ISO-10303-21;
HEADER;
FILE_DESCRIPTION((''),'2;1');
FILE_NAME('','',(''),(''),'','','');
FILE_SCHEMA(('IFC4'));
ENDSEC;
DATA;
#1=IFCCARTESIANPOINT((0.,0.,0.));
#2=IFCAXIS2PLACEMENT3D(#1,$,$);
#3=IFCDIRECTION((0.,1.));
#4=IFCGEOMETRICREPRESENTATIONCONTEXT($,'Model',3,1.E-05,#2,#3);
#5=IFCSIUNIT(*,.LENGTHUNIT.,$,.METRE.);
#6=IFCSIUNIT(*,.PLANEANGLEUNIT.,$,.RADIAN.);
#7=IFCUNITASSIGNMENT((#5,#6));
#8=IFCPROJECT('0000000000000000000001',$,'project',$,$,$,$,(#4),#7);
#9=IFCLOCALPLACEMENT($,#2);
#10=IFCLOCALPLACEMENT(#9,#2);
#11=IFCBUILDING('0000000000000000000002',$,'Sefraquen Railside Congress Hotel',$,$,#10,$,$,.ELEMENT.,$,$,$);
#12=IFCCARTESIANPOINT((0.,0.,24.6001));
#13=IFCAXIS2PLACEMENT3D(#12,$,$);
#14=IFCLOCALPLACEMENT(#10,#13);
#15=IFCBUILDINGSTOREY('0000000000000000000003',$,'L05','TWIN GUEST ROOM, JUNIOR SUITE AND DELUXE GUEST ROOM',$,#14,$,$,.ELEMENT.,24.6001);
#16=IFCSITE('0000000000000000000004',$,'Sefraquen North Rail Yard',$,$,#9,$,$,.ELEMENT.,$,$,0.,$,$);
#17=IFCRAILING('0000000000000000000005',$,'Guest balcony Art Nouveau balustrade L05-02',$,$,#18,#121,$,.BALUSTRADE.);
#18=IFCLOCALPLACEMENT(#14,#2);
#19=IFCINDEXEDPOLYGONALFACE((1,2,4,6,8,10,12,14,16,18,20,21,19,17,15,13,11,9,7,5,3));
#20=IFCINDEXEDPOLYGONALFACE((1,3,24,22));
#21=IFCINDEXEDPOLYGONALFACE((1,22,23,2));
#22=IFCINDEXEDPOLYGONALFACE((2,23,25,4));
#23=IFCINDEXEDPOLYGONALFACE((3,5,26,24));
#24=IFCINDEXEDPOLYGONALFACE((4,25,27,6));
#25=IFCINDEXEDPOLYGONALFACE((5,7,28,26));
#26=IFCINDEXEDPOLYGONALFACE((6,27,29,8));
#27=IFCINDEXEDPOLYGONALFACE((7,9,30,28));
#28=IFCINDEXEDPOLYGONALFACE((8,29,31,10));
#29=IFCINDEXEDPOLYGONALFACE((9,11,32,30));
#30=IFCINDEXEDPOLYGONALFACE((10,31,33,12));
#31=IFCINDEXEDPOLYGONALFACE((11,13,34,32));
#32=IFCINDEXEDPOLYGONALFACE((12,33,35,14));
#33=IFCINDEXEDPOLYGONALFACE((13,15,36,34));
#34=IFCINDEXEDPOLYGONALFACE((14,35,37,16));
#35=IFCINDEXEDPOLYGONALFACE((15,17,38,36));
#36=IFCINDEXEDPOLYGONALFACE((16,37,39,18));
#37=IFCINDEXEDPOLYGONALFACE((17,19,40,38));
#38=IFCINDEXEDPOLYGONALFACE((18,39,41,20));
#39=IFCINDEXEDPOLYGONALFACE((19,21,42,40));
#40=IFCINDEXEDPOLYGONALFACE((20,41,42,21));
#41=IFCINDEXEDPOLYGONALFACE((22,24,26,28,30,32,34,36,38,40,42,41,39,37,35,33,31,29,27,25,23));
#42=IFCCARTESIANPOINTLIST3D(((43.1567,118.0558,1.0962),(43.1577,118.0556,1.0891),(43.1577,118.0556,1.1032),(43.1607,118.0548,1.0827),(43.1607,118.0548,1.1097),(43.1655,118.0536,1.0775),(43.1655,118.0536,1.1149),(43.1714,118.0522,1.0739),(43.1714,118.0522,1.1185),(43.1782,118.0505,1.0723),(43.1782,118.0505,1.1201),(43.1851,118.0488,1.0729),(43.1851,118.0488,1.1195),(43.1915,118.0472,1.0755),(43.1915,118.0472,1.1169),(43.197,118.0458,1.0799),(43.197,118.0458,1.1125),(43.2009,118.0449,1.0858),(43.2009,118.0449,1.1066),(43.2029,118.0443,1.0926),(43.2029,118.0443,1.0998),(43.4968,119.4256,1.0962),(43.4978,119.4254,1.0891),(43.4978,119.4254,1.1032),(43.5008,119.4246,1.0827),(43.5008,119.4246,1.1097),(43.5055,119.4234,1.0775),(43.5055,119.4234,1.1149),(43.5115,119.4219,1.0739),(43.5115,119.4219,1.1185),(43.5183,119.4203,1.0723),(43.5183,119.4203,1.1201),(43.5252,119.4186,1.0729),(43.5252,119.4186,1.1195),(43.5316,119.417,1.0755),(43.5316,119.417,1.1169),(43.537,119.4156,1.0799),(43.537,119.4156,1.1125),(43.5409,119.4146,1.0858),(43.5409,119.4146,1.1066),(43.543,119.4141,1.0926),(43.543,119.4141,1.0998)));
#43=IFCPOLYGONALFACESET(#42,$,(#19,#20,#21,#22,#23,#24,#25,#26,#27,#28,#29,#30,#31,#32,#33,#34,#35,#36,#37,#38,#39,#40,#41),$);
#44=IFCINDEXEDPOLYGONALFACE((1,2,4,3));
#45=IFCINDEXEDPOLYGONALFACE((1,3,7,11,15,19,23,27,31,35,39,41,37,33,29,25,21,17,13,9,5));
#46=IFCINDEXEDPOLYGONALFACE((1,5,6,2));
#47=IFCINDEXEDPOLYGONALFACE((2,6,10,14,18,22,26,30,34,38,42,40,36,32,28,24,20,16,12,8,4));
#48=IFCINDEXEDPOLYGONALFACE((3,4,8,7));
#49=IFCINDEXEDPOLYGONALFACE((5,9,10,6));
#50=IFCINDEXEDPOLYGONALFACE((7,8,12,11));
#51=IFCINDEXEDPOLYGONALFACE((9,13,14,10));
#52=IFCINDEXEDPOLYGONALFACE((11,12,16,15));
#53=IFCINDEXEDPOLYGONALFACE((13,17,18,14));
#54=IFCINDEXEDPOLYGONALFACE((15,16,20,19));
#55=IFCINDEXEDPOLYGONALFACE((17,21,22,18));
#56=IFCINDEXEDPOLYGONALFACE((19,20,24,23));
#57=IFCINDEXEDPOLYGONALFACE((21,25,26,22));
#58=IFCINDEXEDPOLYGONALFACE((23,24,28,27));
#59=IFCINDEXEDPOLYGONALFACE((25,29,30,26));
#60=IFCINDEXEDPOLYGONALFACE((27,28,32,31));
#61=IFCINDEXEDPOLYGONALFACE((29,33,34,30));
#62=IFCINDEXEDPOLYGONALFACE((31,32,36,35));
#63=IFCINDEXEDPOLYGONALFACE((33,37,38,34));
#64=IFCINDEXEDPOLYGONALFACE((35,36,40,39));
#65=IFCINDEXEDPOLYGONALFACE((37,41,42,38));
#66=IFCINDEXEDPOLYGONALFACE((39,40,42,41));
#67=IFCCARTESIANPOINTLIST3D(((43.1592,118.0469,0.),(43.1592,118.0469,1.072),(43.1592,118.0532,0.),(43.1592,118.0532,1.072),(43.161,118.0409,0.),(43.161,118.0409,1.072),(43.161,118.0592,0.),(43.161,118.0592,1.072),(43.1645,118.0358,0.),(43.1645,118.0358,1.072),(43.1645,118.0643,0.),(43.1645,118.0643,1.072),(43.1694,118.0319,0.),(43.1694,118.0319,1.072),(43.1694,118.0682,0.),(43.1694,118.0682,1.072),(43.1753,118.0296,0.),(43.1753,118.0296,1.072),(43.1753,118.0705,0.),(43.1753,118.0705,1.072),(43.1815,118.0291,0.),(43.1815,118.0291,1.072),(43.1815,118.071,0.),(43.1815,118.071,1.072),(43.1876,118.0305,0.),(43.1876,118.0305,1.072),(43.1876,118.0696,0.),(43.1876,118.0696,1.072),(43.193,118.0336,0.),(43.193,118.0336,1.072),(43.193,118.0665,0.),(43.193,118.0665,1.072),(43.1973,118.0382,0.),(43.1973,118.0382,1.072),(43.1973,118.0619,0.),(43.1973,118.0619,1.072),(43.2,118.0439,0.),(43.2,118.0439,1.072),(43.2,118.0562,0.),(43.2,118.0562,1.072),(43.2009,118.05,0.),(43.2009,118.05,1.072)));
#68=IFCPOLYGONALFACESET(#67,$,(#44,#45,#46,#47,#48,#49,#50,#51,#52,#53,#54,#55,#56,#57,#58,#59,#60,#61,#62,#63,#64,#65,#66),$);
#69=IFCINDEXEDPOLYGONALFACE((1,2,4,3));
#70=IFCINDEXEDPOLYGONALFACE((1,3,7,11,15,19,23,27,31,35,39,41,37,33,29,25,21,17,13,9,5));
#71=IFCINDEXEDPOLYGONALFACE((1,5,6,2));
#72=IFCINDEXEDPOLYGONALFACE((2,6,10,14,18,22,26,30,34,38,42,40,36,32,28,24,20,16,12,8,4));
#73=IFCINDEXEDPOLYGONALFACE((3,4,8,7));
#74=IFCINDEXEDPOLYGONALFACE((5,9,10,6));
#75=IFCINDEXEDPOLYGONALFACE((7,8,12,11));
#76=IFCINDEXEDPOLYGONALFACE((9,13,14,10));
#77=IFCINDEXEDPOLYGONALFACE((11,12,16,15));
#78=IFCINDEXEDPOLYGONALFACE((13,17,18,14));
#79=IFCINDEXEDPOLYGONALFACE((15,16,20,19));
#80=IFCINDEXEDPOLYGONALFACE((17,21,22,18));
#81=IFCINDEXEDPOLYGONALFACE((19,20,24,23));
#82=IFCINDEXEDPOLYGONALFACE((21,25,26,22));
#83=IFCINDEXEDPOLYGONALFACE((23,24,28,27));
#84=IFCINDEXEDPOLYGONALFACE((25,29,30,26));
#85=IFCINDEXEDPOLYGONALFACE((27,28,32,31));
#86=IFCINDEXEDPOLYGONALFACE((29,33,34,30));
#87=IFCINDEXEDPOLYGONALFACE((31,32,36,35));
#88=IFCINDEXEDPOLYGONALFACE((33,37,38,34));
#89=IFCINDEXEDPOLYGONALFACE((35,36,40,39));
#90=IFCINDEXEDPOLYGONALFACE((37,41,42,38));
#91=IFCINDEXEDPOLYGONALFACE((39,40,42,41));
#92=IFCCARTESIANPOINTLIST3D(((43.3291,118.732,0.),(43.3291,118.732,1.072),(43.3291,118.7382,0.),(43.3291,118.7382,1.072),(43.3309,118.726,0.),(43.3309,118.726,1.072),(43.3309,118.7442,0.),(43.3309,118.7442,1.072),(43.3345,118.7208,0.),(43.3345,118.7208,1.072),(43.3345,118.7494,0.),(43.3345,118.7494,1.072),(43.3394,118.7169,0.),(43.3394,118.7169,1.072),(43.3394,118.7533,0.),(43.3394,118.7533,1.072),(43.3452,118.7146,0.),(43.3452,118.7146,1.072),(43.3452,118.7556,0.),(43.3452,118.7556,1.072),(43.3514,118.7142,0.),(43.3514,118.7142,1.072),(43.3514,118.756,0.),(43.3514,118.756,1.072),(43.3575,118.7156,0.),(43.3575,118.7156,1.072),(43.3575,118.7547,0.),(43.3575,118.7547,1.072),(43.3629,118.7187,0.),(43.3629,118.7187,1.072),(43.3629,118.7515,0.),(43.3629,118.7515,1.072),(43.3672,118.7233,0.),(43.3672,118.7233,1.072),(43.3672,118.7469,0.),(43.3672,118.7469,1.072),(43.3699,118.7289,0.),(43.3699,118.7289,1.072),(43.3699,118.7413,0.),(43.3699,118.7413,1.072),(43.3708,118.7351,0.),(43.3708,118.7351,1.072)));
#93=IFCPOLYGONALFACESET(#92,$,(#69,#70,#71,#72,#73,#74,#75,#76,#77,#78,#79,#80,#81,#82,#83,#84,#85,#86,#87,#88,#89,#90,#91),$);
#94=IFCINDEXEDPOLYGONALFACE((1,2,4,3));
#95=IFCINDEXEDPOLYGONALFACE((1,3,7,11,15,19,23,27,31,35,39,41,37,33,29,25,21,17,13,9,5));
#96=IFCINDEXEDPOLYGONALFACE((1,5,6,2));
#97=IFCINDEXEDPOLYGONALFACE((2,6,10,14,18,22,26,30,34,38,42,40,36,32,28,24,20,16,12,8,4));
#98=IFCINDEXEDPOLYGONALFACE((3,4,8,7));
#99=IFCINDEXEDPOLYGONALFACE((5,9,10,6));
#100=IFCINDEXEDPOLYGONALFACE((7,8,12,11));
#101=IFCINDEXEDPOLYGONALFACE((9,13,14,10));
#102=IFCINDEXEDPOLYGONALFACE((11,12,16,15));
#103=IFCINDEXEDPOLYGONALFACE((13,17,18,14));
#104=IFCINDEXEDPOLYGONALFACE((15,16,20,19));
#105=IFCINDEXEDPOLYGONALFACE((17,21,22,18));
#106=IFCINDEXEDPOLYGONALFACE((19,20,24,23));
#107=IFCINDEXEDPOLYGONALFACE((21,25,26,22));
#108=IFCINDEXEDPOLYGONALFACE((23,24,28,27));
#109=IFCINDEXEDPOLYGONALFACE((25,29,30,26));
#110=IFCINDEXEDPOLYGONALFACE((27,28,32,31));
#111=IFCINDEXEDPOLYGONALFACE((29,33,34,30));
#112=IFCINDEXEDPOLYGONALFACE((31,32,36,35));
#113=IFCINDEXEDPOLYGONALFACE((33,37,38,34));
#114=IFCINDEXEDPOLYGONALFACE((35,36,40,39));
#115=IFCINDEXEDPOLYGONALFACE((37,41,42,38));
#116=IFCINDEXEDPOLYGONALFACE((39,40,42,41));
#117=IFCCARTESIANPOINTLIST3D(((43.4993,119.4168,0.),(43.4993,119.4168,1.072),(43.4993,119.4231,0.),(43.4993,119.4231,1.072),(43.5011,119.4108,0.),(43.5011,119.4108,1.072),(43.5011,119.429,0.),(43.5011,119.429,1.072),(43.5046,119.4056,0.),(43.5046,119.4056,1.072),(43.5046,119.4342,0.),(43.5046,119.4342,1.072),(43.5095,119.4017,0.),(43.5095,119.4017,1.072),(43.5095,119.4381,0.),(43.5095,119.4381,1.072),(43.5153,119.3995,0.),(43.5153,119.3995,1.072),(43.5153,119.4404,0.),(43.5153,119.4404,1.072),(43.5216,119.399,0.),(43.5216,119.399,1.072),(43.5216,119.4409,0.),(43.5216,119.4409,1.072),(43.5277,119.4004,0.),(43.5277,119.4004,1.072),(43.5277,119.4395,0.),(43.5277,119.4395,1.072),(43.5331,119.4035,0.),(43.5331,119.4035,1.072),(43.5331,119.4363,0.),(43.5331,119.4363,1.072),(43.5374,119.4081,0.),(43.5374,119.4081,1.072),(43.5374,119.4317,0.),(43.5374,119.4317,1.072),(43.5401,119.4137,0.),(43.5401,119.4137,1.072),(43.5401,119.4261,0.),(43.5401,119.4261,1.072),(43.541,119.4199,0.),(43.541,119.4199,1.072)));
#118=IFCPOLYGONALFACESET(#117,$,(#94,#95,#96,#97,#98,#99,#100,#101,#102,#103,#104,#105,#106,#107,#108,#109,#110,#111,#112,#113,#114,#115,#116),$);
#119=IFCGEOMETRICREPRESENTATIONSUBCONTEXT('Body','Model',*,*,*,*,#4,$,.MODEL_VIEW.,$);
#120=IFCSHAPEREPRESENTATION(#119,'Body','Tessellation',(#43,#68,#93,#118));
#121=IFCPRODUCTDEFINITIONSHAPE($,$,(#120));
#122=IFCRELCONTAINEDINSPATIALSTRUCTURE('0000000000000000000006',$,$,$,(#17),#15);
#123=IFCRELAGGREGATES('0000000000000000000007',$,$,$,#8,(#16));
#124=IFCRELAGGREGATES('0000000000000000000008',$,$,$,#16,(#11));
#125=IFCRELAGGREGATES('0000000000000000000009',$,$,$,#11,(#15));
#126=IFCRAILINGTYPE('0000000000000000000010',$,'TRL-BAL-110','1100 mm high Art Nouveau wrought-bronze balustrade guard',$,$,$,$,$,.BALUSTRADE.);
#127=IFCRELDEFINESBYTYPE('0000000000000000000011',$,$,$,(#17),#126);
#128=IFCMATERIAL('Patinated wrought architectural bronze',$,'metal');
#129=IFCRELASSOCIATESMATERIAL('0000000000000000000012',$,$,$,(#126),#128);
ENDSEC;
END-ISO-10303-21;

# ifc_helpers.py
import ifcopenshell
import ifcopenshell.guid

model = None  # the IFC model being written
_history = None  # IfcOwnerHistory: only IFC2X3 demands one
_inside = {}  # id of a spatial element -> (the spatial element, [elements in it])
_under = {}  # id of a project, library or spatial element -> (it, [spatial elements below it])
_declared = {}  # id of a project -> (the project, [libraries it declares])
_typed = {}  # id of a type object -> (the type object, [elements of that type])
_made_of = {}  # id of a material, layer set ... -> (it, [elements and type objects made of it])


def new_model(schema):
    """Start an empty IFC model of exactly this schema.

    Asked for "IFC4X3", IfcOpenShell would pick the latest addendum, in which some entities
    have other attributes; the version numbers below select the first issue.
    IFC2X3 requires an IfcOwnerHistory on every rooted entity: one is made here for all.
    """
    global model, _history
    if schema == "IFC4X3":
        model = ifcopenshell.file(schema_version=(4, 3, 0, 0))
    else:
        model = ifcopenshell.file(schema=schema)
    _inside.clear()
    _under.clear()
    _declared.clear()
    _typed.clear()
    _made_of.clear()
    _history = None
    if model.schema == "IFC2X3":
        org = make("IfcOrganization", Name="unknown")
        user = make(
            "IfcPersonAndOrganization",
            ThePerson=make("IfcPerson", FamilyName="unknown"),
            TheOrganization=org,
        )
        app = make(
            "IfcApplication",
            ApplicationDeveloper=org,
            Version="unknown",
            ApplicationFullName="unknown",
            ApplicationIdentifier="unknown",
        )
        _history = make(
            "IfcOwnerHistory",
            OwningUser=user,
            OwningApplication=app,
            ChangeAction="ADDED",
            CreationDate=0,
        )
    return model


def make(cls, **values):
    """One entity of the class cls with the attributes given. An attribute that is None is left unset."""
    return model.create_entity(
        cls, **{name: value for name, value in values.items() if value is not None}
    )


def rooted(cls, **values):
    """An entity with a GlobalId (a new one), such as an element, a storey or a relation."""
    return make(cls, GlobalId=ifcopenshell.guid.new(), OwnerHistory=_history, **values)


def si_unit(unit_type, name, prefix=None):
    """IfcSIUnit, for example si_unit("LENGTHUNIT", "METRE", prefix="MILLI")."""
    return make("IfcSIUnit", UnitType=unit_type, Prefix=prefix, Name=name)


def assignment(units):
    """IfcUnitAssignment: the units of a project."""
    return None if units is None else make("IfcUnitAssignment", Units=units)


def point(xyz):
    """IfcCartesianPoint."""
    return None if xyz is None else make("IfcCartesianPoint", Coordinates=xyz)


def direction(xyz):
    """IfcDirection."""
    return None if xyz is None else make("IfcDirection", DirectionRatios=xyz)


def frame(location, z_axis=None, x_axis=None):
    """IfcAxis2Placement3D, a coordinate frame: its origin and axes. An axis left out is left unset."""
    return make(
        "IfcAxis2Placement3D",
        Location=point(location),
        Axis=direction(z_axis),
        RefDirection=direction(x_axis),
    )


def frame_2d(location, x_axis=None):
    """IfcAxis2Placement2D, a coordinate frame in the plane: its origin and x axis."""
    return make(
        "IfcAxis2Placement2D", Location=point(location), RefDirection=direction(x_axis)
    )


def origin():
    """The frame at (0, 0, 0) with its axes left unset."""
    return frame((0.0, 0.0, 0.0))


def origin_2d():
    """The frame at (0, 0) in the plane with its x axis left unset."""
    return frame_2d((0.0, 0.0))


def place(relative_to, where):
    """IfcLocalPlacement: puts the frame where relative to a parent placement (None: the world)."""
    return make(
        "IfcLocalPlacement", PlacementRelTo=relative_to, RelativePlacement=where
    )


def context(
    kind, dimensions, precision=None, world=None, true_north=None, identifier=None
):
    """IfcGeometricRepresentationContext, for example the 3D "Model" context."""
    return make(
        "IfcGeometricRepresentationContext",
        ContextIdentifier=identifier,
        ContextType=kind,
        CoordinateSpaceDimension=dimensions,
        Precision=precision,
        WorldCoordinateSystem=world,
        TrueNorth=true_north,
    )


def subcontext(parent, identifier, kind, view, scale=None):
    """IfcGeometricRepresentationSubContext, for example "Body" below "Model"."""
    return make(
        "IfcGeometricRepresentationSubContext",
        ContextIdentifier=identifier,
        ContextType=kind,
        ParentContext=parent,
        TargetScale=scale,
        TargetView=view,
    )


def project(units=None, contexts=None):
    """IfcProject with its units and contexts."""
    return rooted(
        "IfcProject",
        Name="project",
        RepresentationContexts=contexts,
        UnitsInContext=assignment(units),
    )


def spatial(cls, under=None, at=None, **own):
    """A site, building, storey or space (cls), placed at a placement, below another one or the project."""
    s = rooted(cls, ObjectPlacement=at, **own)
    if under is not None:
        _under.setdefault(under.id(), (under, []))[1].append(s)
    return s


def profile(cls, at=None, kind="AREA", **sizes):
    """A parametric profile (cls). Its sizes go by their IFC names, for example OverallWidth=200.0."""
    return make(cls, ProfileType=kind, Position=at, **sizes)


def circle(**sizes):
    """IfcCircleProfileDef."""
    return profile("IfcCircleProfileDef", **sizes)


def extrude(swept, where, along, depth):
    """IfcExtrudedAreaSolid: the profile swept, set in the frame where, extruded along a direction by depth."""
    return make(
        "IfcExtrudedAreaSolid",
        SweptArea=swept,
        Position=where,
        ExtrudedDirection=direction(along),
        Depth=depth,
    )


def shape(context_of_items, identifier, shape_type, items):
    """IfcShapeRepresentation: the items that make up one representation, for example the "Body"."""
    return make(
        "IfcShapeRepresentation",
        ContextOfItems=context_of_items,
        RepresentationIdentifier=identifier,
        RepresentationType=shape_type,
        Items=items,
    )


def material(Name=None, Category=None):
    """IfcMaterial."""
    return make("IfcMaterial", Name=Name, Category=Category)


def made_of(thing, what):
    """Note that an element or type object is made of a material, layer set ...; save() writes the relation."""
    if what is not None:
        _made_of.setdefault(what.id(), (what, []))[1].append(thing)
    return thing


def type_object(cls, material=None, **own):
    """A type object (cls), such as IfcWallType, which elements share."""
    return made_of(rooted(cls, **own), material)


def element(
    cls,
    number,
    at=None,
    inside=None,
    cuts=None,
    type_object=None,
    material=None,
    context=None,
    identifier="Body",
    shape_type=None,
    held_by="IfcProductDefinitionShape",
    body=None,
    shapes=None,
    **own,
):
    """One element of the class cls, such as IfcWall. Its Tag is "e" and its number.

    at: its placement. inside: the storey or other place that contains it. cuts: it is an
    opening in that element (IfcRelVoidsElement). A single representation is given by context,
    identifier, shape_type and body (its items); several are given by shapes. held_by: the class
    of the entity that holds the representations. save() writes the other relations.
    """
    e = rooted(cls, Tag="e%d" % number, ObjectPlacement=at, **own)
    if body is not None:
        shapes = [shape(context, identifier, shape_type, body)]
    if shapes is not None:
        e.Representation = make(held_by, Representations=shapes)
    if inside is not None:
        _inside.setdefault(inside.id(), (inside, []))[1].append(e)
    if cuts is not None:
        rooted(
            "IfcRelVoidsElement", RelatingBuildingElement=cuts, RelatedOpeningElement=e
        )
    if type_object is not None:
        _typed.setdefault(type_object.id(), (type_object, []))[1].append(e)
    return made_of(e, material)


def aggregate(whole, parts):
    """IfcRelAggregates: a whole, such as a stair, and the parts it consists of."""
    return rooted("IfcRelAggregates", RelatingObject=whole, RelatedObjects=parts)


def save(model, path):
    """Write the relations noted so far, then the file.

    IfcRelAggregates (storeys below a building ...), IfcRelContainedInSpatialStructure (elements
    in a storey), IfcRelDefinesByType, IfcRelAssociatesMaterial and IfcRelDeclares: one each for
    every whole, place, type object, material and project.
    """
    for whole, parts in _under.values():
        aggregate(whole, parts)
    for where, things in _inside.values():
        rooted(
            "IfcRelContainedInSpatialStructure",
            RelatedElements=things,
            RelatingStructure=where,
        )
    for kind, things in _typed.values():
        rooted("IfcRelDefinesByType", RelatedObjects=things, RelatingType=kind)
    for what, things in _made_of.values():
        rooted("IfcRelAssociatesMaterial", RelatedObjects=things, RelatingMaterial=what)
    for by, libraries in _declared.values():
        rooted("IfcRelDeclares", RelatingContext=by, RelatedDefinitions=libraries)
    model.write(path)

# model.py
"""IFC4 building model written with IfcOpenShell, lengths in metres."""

from ifc_helpers import new_model, si_unit, direction, frame, origin, origin_2d, place, context, subcontext, project, spatial, circle, extrude, material, type_object, element, save


model = new_model("IFC4")

# Units and contexts
model_context = context("Model", 3, precision=1e-05, world=origin(), true_north=direction((0.0, 1.0)))
body_context = subcontext(model_context, "Body", "Model", "MODEL_VIEW")
ifc_project = project(units=[si_unit("LENGTHUNIT", "METRE"), si_unit("PLANEANGLEUNIT", "RADIAN")], contexts=[model_context])

# Site, building, storey
site_placement = place(None, origin())
site = spatial("IfcSite", under=ifc_project, at=site_placement, Name="Sefraquen North Rail Yard", CompositionType="ELEMENT", RefElevation=0.0)
building_placement = place(site_placement, origin())
building = spatial("IfcBuilding", under=site, at=building_placement, Name="Sefraquen Railside Congress Hotel", CompositionType="ELEMENT")
storey_placement = place(building_placement, frame((0.0, 0.0, 24.6001)))
storey = spatial("IfcBuildingStorey", under=building, at=storey_placement, Name="L05", Description="TWIN GUEST ROOM, JUNIOR SUITE AND DELUXE GUEST ROOM", CompositionType="ELEMENT", Elevation=24.6001)

# Railing
ifc_material_1 = material(Name="Patinated wrought architectural bronze", Category="metal")
railing_type = type_object("IfcRailingType", Name="TRL-BAL-110", Description="1100 mm high Art Nouveau wrought-bronze balustrade guard", PredefinedType="BALUSTRADE", material=ifc_material_1)
railing_1_placement = place(storey_placement, frame((43.1799, 118.05, 0.0)))
element("IfcRailing", 1, at=railing_1_placement, inside=storey, type_object=railing_type, Name="Guest balcony Art Nouveau balustrade L05-02", PredefinedType="BALUSTRADE", context=body_context, shape_type="SweptSolid", body=[
    extrude(circle(Radius=0.0239, at=origin_2d()), frame((0.0, 0.0, 1.0962), z_axis=(0.240948, 0.970538, 0.0), x_axis=(-0.970538, 0.240948, 0.0)), (0.0, 0.0, 1.0), 1.4114),
    extrude(circle(Radius=0.021, at=origin_2d()), origin(), (0.0, 0.0, 1.0), 1.072),
    extrude(circle(Radius=0.021, at=origin_2d()), frame((0.1699, 0.6851, 0.0)), (0.0, 0.0, 1.0), 1.072),
    extrude(circle(Radius=0.021, at=origin_2d()), frame((0.3401, 1.3699, 0.0)), (0.0, 0.0, 1.0), 1.072),
])

save(model, "model.ifc")
